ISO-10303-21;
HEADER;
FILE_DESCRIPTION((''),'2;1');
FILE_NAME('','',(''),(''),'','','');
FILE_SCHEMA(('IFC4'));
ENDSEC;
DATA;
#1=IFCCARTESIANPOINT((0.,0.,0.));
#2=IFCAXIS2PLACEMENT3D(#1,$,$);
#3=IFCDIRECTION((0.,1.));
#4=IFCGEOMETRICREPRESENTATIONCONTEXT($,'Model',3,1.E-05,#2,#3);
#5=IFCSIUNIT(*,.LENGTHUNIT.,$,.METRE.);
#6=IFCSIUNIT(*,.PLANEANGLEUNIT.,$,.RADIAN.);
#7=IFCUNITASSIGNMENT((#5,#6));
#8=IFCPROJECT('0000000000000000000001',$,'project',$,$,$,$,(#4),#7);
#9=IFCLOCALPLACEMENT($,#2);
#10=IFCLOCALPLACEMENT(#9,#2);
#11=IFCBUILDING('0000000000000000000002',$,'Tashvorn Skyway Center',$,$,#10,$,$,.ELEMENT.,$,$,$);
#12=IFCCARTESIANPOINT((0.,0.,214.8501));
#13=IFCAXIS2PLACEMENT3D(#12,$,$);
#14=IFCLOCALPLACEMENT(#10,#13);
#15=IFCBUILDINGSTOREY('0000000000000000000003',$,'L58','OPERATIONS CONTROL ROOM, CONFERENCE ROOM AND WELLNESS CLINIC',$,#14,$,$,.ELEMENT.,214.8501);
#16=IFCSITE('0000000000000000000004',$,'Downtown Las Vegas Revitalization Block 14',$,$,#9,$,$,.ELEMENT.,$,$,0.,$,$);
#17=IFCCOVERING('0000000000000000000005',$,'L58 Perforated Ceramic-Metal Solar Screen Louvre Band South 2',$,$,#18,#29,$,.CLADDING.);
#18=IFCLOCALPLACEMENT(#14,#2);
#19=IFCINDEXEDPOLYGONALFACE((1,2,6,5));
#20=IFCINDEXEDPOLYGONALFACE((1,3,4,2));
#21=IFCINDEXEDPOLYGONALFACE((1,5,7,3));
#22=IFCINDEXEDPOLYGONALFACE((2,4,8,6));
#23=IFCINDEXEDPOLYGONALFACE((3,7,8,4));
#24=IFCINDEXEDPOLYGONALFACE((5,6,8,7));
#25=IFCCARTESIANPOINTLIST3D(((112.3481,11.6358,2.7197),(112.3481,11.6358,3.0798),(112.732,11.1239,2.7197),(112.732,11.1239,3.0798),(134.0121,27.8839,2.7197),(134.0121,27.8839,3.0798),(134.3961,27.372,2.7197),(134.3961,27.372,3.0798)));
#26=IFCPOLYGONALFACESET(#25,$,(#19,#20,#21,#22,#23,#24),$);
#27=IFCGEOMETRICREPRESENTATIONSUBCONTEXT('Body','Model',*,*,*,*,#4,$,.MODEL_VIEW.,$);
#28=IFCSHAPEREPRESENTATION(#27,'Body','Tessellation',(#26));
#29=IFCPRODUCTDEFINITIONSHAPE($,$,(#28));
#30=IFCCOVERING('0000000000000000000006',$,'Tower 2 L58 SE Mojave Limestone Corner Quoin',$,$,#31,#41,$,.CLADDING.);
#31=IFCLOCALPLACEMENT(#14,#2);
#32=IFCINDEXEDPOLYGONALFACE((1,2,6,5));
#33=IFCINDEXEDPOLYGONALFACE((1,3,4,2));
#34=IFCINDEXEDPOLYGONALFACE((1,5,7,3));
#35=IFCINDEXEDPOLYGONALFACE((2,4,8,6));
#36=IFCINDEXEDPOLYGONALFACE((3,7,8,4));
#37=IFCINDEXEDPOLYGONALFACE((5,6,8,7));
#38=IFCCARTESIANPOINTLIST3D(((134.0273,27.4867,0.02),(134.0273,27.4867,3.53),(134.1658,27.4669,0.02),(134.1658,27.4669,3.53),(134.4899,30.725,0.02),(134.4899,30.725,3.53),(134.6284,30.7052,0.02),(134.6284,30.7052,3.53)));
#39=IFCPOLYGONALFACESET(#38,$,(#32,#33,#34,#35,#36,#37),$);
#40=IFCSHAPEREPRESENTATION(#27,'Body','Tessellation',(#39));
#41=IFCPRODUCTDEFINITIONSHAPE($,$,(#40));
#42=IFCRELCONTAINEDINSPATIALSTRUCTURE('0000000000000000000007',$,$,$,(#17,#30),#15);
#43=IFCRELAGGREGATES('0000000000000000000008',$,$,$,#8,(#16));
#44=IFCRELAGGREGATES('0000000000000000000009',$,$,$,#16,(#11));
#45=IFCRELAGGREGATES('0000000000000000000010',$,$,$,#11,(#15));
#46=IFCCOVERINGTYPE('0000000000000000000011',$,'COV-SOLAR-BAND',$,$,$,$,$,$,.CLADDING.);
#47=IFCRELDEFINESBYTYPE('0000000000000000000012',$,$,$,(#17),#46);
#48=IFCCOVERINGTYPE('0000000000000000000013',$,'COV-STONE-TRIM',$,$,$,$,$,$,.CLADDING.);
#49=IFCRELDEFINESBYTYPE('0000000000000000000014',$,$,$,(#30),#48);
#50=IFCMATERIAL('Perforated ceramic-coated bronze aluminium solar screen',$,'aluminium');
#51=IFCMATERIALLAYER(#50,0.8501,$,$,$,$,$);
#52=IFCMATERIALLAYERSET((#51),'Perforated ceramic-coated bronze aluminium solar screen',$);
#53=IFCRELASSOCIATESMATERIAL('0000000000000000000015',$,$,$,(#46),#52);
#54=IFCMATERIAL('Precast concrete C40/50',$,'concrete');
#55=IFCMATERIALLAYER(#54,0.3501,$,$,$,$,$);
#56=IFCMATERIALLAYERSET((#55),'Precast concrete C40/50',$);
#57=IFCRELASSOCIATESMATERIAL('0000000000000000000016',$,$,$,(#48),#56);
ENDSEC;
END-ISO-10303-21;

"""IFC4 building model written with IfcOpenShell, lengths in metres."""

from ifc_helpers import new_model, si_unit, direction, frame, origin, origin_2d, place, context, subcontext, project, spatial, rectangle, extrude, material, layer, layer_set, type_object, element, save


model = new_model("IFC4")

# Units and contexts
model_context = context("Model", 3, precision=1e-05, world=origin(), true_north=direction((0.0, 1.0)))
body_context = subcontext(model_context, "Body", "Model", "MODEL_VIEW")
ifc_project = project(units=[si_unit("LENGTHUNIT", "METRE"), si_unit("PLANEANGLEUNIT", "RADIAN")], contexts=[model_context])

# Site, building, storey
site_placement = place(None, origin())
site = spatial("IfcSite", under=ifc_project, at=site_placement, Name="Downtown Las Vegas Revitalization Block 14", CompositionType="ELEMENT", RefElevation=0.0)
building_placement = place(site_placement, origin())
building = spatial("IfcBuilding", under=site, at=building_placement, Name="Tashvorn Skyway Center", CompositionType="ELEMENT")
storey_placement = place(building_placement, frame((0.0, 0.0, 214.8501)))
storey = spatial("IfcBuildingStorey", under=building, at=storey_placement, Name="L58", Description="OPERATIONS CONTROL ROOM, CONFERENCE ROOM AND WELLNESS CLINIC", CompositionType="ELEMENT", Elevation=214.8501)

# Shared definitions
ifc_material_1 = material(Name="Precast concrete C40/50", Category="concrete")

# Coverings
ifc_material_2 = material(Name="Perforated ceramic-coated bronze aluminium solar screen", Category="aluminium")
ifc_layer_1 = layer(ifc_material_2, 0.8501)
ifc_layer_set_1 = layer_set([ifc_layer_1], Name="Perforated ceramic-coated bronze aluminium solar screen")
covering_type_1 = type_object("IfcCoveringType", Name="COV-SOLAR-BAND", PredefinedType="CLADDING", material=ifc_layer_set_1)
covering_1_placement = place(storey_placement, frame((123.3721, 19.5039, 2.7197), z_axis=(0.0, 0.0, 1.0), x_axis=(-0.8, -0.6, 0.0)))
element("IfcCovering", 1, at=covering_1_placement, inside=storey, type_object=covering_type_1, Name="L58 Perforated Ceramic-Metal Solar Screen Louvre Band South 2", PredefinedType="CLADDING", context=body_context, shape_type="SweptSolid", body=[
    extrude(rectangle(XDim=27.0801, YDim=0.6399, at=origin_2d()), origin(), (0.0, 0.0, 1.0), 0.3601),
])
ifc_layer_2 = layer(ifc_material_1, 0.3501)
ifc_layer_set_2 = layer_set([ifc_layer_2], Name="Precast concrete C40/50")
covering_type_2 = type_object("IfcCoveringType", Name="COV-STONE-TRIM", PredefinedType="CLADDING", material=ifc_layer_set_2)
covering_2_placement = place(storey_placement, frame((134.3279, 29.0959, 0.02), z_axis=(0.0, 0.0, 1.0), x_axis=(0.141421, 0.989949, 0.0)))
element("IfcCovering", 2, at=covering_2_placement, inside=storey, type_object=covering_type_2, Name="Tower 2 L58 SE Mojave Limestone Corner Quoin", PredefinedType="CLADDING", context=body_context, shape_type="SweptSolid", body=[
    extrude(rectangle(XDim=3.2712, YDim=0.1399, at=origin_2d()), origin(), (0.0, 0.0, 1.0), 3.51),
])

save(model, "model.ifc")
